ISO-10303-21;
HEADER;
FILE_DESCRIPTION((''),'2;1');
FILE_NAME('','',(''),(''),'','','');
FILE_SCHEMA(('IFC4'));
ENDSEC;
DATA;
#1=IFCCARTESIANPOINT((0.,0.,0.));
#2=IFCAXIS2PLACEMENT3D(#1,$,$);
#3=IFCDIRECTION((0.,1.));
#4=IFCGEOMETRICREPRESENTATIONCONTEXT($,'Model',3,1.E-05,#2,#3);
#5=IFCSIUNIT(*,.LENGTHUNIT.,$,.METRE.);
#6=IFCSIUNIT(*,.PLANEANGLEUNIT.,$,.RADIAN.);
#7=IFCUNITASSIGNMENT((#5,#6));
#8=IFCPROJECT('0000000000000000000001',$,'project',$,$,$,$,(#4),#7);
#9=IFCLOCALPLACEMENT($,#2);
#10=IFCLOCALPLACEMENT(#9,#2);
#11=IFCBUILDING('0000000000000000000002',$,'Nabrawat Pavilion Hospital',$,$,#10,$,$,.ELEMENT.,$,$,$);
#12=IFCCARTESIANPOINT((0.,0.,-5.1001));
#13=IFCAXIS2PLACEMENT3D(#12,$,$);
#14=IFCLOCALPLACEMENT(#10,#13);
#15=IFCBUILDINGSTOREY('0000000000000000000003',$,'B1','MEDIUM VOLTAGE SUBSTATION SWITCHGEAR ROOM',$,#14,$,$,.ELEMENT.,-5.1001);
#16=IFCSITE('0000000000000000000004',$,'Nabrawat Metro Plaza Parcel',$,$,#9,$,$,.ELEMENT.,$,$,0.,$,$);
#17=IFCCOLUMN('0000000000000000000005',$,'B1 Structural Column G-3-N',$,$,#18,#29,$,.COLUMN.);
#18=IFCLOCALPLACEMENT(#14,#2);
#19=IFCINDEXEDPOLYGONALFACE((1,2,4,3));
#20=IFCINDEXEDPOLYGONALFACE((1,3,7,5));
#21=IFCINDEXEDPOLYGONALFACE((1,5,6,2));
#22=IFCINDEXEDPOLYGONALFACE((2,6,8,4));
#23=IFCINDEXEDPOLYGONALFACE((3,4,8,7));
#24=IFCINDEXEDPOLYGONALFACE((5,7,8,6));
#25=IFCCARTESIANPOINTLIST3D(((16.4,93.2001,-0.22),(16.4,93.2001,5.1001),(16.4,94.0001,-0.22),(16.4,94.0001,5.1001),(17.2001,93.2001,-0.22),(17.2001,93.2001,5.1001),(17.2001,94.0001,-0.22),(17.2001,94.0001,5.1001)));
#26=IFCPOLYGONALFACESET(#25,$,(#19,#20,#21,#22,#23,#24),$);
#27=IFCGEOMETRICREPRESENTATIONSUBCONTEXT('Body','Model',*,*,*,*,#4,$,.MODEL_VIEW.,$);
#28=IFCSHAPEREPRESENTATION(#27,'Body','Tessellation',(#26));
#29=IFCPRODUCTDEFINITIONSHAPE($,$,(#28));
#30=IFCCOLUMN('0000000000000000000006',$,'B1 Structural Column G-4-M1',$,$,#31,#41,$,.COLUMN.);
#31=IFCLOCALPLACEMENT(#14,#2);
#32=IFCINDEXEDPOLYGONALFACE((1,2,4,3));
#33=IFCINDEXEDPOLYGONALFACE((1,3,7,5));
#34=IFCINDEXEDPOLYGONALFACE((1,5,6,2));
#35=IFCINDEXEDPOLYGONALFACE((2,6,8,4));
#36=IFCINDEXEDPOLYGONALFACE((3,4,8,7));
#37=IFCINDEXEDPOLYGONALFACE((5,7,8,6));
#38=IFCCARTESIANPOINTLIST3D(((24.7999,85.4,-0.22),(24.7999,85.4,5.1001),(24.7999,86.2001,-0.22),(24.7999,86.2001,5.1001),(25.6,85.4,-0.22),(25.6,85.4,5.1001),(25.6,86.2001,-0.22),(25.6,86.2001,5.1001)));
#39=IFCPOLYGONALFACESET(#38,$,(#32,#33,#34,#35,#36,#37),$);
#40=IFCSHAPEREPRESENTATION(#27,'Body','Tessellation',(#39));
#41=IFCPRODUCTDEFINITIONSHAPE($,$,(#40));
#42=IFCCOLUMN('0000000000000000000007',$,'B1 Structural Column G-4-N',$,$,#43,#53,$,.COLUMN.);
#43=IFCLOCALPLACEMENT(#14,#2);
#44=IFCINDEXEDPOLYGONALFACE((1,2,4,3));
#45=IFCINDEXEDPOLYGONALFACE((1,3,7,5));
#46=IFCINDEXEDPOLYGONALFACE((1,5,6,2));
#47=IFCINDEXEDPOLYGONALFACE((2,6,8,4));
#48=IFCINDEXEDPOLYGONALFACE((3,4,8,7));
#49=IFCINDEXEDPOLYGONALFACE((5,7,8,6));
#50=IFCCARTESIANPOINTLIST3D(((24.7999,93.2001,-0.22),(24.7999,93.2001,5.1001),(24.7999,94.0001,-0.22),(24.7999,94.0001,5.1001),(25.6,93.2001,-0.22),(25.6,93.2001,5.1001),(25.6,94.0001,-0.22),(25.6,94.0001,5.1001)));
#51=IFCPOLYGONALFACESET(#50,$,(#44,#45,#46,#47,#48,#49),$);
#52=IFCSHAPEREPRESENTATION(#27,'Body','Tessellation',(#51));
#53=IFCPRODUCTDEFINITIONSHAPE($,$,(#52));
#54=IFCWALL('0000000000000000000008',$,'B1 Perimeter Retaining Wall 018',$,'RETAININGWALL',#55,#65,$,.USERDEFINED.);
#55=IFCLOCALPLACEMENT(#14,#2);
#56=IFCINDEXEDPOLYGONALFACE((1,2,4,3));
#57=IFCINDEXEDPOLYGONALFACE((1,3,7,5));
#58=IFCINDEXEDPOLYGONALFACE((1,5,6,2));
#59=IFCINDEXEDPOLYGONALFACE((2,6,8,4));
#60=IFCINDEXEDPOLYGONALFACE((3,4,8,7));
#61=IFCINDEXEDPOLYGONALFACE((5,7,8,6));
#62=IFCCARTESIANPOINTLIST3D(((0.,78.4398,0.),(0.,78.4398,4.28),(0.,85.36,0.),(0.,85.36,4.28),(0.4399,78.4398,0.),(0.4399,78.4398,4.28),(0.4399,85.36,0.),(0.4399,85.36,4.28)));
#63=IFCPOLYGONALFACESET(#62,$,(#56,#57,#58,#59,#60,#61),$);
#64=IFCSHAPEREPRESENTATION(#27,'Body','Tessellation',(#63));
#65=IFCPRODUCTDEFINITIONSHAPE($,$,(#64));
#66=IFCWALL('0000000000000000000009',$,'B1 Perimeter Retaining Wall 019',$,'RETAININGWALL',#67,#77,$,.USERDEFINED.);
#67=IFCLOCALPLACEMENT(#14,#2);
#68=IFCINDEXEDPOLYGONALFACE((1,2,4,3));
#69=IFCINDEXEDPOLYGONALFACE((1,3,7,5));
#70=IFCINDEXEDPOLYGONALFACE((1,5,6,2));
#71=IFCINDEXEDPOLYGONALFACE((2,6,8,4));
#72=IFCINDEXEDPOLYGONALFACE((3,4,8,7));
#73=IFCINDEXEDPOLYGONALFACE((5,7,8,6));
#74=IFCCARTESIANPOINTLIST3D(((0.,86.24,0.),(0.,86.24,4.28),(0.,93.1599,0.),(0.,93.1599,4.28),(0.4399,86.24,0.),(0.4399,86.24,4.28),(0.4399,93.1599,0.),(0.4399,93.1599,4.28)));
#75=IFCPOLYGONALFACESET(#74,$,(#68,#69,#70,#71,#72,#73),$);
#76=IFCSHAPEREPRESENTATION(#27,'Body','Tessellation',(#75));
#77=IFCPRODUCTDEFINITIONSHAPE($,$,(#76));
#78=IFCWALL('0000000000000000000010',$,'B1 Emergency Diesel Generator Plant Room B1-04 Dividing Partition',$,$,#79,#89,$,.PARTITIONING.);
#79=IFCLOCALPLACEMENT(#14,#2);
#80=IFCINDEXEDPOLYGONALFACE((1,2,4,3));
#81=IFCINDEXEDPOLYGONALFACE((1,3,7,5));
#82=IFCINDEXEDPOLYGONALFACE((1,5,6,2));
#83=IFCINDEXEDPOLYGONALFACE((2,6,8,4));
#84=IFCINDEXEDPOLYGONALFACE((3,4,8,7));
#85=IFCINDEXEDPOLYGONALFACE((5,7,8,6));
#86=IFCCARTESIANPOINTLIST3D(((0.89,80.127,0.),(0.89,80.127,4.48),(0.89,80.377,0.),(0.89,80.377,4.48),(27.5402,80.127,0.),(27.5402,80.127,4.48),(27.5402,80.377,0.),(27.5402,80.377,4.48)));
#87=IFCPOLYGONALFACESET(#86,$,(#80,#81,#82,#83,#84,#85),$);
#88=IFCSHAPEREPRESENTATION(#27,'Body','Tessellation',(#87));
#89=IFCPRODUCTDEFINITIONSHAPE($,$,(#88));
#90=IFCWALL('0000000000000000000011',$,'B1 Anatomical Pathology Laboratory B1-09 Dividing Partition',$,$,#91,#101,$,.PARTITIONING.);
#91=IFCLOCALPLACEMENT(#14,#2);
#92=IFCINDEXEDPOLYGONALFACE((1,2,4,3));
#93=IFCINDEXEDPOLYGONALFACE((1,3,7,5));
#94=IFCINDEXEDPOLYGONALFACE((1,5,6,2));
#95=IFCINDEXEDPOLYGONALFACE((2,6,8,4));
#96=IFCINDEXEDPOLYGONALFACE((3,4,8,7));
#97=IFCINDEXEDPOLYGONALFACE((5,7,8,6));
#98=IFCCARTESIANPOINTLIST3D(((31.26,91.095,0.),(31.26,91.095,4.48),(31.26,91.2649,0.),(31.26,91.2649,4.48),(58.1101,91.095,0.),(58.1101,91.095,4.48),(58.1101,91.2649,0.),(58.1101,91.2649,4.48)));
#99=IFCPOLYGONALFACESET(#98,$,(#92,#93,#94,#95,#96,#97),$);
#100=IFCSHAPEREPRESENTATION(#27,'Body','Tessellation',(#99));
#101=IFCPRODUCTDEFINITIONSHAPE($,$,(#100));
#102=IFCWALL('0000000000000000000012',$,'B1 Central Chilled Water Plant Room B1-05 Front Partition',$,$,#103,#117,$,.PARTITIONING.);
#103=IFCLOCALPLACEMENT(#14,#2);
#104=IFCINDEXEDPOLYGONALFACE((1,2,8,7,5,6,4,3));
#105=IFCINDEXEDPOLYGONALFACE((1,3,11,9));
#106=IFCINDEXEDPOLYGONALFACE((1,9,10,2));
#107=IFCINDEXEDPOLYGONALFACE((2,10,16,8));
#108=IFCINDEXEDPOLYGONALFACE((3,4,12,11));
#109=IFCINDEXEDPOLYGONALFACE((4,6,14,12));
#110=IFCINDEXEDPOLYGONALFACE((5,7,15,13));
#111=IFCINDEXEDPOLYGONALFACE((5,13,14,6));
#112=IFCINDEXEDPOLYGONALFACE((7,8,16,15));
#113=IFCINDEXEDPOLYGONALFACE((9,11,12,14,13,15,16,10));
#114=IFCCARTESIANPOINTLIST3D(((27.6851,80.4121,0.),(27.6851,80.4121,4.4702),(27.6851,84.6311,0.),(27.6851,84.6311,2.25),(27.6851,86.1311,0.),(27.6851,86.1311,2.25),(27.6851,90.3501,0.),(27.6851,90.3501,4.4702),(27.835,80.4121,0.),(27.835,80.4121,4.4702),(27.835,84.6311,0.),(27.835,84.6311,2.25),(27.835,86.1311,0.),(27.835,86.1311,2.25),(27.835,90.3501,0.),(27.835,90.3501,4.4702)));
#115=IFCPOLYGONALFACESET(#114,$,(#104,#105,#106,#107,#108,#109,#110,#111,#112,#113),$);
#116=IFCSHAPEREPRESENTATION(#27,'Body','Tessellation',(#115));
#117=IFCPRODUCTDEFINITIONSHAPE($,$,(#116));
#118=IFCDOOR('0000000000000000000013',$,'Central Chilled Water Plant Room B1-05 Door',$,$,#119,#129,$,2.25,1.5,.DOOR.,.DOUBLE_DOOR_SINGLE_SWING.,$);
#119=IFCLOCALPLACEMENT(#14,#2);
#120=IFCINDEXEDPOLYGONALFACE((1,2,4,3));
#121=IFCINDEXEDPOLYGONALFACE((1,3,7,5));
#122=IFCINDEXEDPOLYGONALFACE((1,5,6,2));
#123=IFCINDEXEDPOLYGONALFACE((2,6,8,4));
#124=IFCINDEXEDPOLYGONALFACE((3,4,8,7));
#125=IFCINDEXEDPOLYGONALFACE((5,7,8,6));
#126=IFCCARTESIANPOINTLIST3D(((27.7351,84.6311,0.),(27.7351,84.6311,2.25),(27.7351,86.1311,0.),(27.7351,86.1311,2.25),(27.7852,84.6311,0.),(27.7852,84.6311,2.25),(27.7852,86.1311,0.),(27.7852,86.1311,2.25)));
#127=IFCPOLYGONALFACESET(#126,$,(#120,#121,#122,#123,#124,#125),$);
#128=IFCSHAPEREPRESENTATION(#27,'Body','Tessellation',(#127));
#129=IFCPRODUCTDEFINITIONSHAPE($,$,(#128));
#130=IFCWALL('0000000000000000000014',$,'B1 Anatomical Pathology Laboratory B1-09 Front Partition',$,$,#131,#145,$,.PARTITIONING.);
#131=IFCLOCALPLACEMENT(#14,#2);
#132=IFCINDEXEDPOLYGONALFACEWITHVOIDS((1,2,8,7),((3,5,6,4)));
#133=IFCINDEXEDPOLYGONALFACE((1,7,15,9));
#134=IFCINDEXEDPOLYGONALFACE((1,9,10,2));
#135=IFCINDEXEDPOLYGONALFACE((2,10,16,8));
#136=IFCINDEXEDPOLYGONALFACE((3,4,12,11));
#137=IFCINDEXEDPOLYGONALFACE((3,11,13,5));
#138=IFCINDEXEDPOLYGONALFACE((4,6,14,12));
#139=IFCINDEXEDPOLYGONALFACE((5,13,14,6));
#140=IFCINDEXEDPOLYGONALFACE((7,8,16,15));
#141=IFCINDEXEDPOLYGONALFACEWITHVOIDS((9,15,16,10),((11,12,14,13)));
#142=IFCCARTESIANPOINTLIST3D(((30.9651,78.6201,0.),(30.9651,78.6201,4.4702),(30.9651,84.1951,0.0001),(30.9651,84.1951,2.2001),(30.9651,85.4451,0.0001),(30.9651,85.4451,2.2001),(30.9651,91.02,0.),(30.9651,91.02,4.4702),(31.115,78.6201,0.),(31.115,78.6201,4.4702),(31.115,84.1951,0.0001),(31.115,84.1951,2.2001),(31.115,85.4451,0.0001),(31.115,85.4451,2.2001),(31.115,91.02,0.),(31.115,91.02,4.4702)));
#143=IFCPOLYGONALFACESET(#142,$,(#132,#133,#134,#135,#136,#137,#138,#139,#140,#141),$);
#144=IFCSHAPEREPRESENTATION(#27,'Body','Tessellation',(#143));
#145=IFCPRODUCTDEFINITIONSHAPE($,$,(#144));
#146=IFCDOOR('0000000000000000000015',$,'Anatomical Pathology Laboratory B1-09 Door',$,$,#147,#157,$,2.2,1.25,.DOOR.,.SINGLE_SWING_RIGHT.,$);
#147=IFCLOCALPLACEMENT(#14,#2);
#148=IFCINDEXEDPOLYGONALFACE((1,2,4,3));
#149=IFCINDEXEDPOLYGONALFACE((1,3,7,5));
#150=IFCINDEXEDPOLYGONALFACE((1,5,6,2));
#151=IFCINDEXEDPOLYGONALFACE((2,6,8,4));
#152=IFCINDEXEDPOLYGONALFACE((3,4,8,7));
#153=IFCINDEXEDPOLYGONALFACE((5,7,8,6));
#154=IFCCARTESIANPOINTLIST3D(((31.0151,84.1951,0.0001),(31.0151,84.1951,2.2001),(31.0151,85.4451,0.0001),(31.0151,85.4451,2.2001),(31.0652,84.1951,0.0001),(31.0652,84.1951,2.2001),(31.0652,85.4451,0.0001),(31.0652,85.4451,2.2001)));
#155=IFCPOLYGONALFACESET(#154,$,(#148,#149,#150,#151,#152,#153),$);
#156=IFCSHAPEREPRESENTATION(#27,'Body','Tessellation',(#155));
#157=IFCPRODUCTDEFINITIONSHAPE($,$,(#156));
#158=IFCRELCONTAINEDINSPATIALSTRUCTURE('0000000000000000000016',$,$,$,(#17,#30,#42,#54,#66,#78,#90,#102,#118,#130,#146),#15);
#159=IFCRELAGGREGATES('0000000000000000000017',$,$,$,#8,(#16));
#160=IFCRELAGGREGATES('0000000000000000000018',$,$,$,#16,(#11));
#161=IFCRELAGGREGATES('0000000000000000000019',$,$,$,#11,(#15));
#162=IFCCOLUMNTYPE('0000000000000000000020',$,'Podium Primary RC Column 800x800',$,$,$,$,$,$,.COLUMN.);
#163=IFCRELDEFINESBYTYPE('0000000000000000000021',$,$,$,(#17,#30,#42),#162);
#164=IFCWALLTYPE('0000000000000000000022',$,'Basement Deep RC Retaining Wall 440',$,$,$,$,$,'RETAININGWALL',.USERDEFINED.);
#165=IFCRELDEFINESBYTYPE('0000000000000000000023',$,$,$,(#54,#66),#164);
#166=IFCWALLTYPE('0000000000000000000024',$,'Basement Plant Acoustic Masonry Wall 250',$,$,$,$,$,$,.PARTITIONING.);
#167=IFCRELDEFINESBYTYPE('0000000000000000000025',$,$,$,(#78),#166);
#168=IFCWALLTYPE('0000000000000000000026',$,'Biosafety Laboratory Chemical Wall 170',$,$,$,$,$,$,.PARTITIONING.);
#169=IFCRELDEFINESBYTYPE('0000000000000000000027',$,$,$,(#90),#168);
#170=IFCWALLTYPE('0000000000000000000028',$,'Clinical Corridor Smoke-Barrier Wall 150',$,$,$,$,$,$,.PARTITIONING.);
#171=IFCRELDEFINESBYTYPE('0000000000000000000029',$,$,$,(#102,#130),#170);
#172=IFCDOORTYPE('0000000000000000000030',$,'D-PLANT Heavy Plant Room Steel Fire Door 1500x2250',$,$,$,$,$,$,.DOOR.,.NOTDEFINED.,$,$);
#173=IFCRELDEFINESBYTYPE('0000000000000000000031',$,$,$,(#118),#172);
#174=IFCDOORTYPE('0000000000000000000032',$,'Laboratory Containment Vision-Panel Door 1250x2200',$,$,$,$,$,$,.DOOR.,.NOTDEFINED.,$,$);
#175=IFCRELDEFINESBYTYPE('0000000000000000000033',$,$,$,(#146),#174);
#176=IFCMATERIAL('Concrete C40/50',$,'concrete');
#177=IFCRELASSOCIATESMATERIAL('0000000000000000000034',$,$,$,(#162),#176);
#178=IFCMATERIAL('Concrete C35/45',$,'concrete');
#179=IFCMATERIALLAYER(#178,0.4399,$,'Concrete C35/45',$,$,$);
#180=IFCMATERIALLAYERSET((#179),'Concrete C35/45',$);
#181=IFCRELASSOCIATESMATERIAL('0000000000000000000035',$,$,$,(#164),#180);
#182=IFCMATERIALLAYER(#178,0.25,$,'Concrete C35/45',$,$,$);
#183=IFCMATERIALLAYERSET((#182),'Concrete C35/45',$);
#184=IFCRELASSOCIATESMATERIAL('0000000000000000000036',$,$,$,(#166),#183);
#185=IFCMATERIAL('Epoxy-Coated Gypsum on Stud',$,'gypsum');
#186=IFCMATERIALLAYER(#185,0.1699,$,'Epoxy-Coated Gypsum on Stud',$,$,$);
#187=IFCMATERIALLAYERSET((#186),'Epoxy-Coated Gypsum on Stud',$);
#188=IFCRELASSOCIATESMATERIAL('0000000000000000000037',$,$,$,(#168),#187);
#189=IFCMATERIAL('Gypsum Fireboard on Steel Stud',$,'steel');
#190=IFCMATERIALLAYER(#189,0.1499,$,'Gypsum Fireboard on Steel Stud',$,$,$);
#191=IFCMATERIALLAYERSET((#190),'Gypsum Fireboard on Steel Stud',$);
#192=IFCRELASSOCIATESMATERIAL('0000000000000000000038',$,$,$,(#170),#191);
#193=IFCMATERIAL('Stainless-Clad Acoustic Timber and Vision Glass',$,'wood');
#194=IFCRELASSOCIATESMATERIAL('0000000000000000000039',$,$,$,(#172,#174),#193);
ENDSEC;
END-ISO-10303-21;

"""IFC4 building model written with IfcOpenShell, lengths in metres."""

from ifc_helpers import new_model, si_unit, direction, frame, frame_2d, origin, origin_2d, place, context, subcontext, project, spatial, rectangle, extrude, material, layer, layer_set, material_profile, profile_set, type_object, element, fill, save


model = new_model("IFC4")

# Units and contexts
model_context = context("Model", 3, precision=1e-05, world=origin(), true_north=direction((0.0, 1.0)))
body_context = subcontext(model_context, "Body", "Model", "MODEL_VIEW")
ifc_project = project(units=[si_unit("LENGTHUNIT", "METRE"), si_unit("PLANEANGLEUNIT", "RADIAN")], contexts=[model_context])

# Site, building, storey
site_placement = place(None, origin())
site = spatial("IfcSite", under=ifc_project, at=site_placement, Name="Nabrawat Metro Plaza Parcel", CompositionType="ELEMENT", RefElevation=0.0)
building_placement = place(site_placement, origin())
building = spatial("IfcBuilding", under=site, at=building_placement, Name="Nabrawat Pavilion Hospital", CompositionType="ELEMENT")
storey_placement = place(building_placement, frame((0.0, 0.0, -5.1001)))
storey = spatial("IfcBuildingStorey", under=building, at=storey_placement, Name="B1", Description="MEDIUM VOLTAGE SUBSTATION SWITCHGEAR ROOM", CompositionType="ELEMENT", Elevation=-5.1001)

# Shared definitions
ifc_material_1 = material(Name="Concrete C35/45", Category="concrete")

# Columns
ifc_material_2 = material(Name="Concrete C40/50", Category="concrete")
ifc_material_profile_1 = material_profile(ifc_material_2, rectangle(XDim=0.8, YDim=0.8, at=origin_2d()), Name="RC 800x800")
ifc_profile_set_1 = profile_set([ifc_material_profile_1], Name="Concrete C40/50")
column_type = type_object("IfcColumnType", Name="Podium Primary RC Column 800x800", PredefinedType="COLUMN", material=ifc_profile_set_1)
for number, where, z_axis, x_axis, name in (
    (1, (16.8, 93.6001, -0.22), (0.0, 0.0, 1.0), (1.0, 0.0, 0.0), "B1 Structural Column G-3-N"),
    (2, (25.2, 85.8, -0.22), (0.0, 0.0, 1.0), (1.0, 0.0, 0.0), "B1 Structural Column G-4-M1"),
    (3, (25.2, 93.6001, -0.22), (0.0, 0.0, 1.0), (1.0, 0.0, 0.0), "B1 Structural Column G-4-N"),
):
    element("IfcColumn", number, at=place(storey_placement, frame(where, z_axis=z_axis, x_axis=x_axis)), inside=storey, type_object=column_type, Name=name, PredefinedType="COLUMN", context=body_context, shape_type="SweptSolid", body=[
        extrude(rectangle(XDim=0.8, YDim=0.8, at=origin_2d()), origin(), (0.0, 0.0, 1.0), 5.3201),
    ])

# Walls
ifc_layer_1 = layer(ifc_material_1, 0.4399, Name="Concrete C35/45")
ifc_layer_set_1 = layer_set([ifc_layer_1], Name="Concrete C35/45")
wall_type_1 = type_object("IfcWallType", Name="Basement Deep RC Retaining Wall 440", ElementType="RETAININGWALL", PredefinedType="USERDEFINED", material=ifc_layer_set_1)
wall_1_placement = place(storey_placement, frame((0.22, 78.4399, 0.0), z_axis=(0.0, 0.0, 1.0), x_axis=(0.0, 1.0, 0.0)))
element("IfcWall", 4, at=wall_1_placement, inside=storey, type_object=wall_type_1, Name="B1 Perimeter Retaining Wall 018", ObjectType="RETAININGWALL", PredefinedType="USERDEFINED", context=body_context, shape_type="SweptSolid", body=[
    extrude(rectangle(XDim=6.9202, YDim=0.4399, at=frame_2d((3.46, 0.0))), origin(), (0.0, 0.0, 1.0), 4.28),
])
wall_2_placement = place(storey_placement, frame((0.22, 86.24, 0.0), z_axis=(0.0, 0.0, 1.0), x_axis=(0.0, 1.0, 0.0)))
element("IfcWall", 5, at=wall_2_placement, inside=storey, type_object=wall_type_1, Name="B1 Perimeter Retaining Wall 019", ObjectType="RETAININGWALL", PredefinedType="USERDEFINED", context=body_context, shape_type="SweptSolid", body=[
    extrude(rectangle(XDim=6.9199, YDim=0.4399, at=frame_2d((3.46, 0.0))), origin(), (0.0, 0.0, 1.0), 4.28),
])
ifc_layer_2 = layer(ifc_material_1, 0.25, Name="Concrete C35/45")
ifc_layer_set_2 = layer_set([ifc_layer_2], Name="Concrete C35/45")
wall_type_2 = type_object("IfcWallType", Name="Basement Plant Acoustic Masonry Wall 250", PredefinedType="PARTITIONING", material=ifc_layer_set_2)
wall_3_placement = place(storey_placement, frame((0.8899, 80.252, 0.0), z_axis=(0.0, 0.0, 1.0), x_axis=(1.0, 0.0, 0.0)))
element("IfcWall", 6, at=wall_3_placement, inside=storey, type_object=wall_type_2, Name="B1 Emergency Diesel Generator Plant Room B1-04 Dividing Partition", PredefinedType="PARTITIONING", context=body_context, shape_type="SweptSolid", body=[
    extrude(rectangle(XDim=26.6501, YDim=0.25, at=frame_2d((13.3252, 0.0))), origin(), (0.0, 0.0, 1.0), 4.48),
])
ifc_material_3 = material(Name="Epoxy-Coated Gypsum on Stud", Category="gypsum")
ifc_layer_3 = layer(ifc_material_3, 0.1699, Name="Epoxy-Coated Gypsum on Stud")
ifc_layer_set_3 = layer_set([ifc_layer_3], Name="Epoxy-Coated Gypsum on Stud")
wall_type_3 = type_object("IfcWallType", Name="Biosafety Laboratory Chemical Wall 170", PredefinedType="PARTITIONING", material=ifc_layer_set_3)
wall_4_placement = place(storey_placement, frame((31.26, 91.1799, 0.0), z_axis=(0.0, 0.0, 1.0), x_axis=(1.0, 0.0, 0.0)))
element("IfcWall", 7, at=wall_4_placement, inside=storey, type_object=wall_type_3, Name="B1 Anatomical Pathology Laboratory B1-09 Dividing Partition", PredefinedType="PARTITIONING", context=body_context, shape_type="SweptSolid", body=[
    extrude(rectangle(XDim=26.8501, YDim=0.1699, at=frame_2d((13.425, 0.0))), origin(), (0.0, 0.0, 1.0), 4.48),
])

# Walls, openings, doors
ifc_material_4 = material(Name="Gypsum Fireboard on Steel Stud", Category="steel")
ifc_layer_4 = layer(ifc_material_4, 0.1499, Name="Gypsum Fireboard on Steel Stud")
ifc_layer_set_4 = layer_set([ifc_layer_4], Name="Gypsum Fireboard on Steel Stud")
wall_type_4 = type_object("IfcWallType", Name="Clinical Corridor Smoke-Barrier Wall 150", PredefinedType="PARTITIONING", material=ifc_layer_set_4)
wall_5_placement = place(storey_placement, frame((27.76, 80.4121, 0.0), z_axis=(0.0, 0.0, 1.0), x_axis=(0.0, 1.0, 0.0)))
wall_5 = element("IfcWall", 8, at=wall_5_placement, inside=storey, type_object=wall_type_4, Name="B1 Central Chilled Water Plant Room B1-05 Front Partition", PredefinedType="PARTITIONING", context=body_context, shape_type="SweptSolid", body=[
    extrude(rectangle(XDim=9.938, YDim=0.1499, at=frame_2d((4.969, 0.0))), origin(), (0.0, 0.0, 1.0), 4.4702),
])
opening_1_placement = place(wall_5_placement, frame((4.219, 0.0, 0.0)))
opening_1 = element("IfcOpeningElement", 9, at=opening_1_placement, cuts=wall_5, PredefinedType="OPENING", context=body_context, shape_type="SweptSolid", body=[
    extrude(rectangle(XDim=1.5, YDim=2.25, at=frame_2d((0.75, 1.125))), frame((0.0, 0.085, 0.0), z_axis=(0.0, -1.0, 0.0), x_axis=(1.0, 0.0, 0.0)), (0.0, 0.0, 1.0), 0.1699),
])
ifc_material_5 = material(Name="Stainless-Clad Acoustic Timber and Vision Glass", Category="wood")
door_type_1 = type_object("IfcDoorType", Name="D-PLANT Heavy Plant Room Steel Fire Door 1500x2250", OperationType="NOTDEFINED", PredefinedType="DOOR", material=ifc_material_5)
door_1_placement = place(opening_1_placement, origin())
door_1 = element("IfcDoor", 10, at=door_1_placement, inside=storey, type_object=door_type_1, Name="Central Chilled Water Plant Room B1-05 Door", OperationType="DOUBLE_DOOR_SINGLE_SWING", OverallHeight=2.25, OverallWidth=1.5, PredefinedType="DOOR", context=body_context, shape_type="SweptSolid", body=[
    extrude(rectangle(XDim=1.5, YDim=2.25, at=frame_2d((0.75, 1.125))), frame((0.0, 0.0249, 0.0), z_axis=(0.0, -1.0, 0.0), x_axis=(1.0, 0.0, 0.0)), (0.0, 0.0, 1.0), 0.05),
])
fill(opening_1, door_1)
wall_6_placement = place(storey_placement, frame((31.04, 78.6201, 0.0), z_axis=(0.0, 0.0, 1.0), x_axis=(0.0, 1.0, 0.0)))
wall_6 = element("IfcWall", 11, at=wall_6_placement, inside=storey, type_object=wall_type_4, Name="B1 Anatomical Pathology Laboratory B1-09 Front Partition", PredefinedType="PARTITIONING", context=body_context, shape_type="SweptSolid", body=[
    extrude(rectangle(XDim=12.3999, YDim=0.1499, at=frame_2d((6.2, 0.0))), origin(), (0.0, 0.0, 1.0), 4.4702),
])
opening_2_placement = place(wall_6_placement, frame((5.575, 0.0, 0.0)))
opening_2 = element("IfcOpeningElement", 12, at=opening_2_placement, cuts=wall_6, PredefinedType="OPENING", context=body_context, shape_type="SweptSolid", body=[
    extrude(rectangle(XDim=1.25, YDim=2.2, at=frame_2d((0.625, 1.1001))), frame((0.0, 0.085, 0.0), z_axis=(0.0, -1.0, 0.0), x_axis=(1.0, 0.0, 0.0)), (0.0, 0.0, 1.0), 0.1699),
])
door_type_2 = type_object("IfcDoorType", Name="Laboratory Containment Vision-Panel Door 1250x2200", OperationType="NOTDEFINED", PredefinedType="DOOR", material=ifc_material_5)
door_2_placement = place(opening_2_placement, origin())
door_2 = element("IfcDoor", 13, at=door_2_placement, inside=storey, type_object=door_type_2, Name="Anatomical Pathology Laboratory B1-09 Door", OperationType="SINGLE_SWING_RIGHT", OverallHeight=2.2, OverallWidth=1.25, PredefinedType="DOOR", context=body_context, shape_type="SweptSolid", body=[
    extrude(rectangle(XDim=1.25, YDim=2.2, at=frame_2d((0.625, 1.1001))), frame((0.0, 0.0249, 0.0), z_axis=(0.0, -1.0, 0.0), x_axis=(1.0, 0.0, 0.0)), (0.0, 0.0, 1.0), 0.05),
])
fill(opening_2, door_2)

save(model, "model.ifc")
